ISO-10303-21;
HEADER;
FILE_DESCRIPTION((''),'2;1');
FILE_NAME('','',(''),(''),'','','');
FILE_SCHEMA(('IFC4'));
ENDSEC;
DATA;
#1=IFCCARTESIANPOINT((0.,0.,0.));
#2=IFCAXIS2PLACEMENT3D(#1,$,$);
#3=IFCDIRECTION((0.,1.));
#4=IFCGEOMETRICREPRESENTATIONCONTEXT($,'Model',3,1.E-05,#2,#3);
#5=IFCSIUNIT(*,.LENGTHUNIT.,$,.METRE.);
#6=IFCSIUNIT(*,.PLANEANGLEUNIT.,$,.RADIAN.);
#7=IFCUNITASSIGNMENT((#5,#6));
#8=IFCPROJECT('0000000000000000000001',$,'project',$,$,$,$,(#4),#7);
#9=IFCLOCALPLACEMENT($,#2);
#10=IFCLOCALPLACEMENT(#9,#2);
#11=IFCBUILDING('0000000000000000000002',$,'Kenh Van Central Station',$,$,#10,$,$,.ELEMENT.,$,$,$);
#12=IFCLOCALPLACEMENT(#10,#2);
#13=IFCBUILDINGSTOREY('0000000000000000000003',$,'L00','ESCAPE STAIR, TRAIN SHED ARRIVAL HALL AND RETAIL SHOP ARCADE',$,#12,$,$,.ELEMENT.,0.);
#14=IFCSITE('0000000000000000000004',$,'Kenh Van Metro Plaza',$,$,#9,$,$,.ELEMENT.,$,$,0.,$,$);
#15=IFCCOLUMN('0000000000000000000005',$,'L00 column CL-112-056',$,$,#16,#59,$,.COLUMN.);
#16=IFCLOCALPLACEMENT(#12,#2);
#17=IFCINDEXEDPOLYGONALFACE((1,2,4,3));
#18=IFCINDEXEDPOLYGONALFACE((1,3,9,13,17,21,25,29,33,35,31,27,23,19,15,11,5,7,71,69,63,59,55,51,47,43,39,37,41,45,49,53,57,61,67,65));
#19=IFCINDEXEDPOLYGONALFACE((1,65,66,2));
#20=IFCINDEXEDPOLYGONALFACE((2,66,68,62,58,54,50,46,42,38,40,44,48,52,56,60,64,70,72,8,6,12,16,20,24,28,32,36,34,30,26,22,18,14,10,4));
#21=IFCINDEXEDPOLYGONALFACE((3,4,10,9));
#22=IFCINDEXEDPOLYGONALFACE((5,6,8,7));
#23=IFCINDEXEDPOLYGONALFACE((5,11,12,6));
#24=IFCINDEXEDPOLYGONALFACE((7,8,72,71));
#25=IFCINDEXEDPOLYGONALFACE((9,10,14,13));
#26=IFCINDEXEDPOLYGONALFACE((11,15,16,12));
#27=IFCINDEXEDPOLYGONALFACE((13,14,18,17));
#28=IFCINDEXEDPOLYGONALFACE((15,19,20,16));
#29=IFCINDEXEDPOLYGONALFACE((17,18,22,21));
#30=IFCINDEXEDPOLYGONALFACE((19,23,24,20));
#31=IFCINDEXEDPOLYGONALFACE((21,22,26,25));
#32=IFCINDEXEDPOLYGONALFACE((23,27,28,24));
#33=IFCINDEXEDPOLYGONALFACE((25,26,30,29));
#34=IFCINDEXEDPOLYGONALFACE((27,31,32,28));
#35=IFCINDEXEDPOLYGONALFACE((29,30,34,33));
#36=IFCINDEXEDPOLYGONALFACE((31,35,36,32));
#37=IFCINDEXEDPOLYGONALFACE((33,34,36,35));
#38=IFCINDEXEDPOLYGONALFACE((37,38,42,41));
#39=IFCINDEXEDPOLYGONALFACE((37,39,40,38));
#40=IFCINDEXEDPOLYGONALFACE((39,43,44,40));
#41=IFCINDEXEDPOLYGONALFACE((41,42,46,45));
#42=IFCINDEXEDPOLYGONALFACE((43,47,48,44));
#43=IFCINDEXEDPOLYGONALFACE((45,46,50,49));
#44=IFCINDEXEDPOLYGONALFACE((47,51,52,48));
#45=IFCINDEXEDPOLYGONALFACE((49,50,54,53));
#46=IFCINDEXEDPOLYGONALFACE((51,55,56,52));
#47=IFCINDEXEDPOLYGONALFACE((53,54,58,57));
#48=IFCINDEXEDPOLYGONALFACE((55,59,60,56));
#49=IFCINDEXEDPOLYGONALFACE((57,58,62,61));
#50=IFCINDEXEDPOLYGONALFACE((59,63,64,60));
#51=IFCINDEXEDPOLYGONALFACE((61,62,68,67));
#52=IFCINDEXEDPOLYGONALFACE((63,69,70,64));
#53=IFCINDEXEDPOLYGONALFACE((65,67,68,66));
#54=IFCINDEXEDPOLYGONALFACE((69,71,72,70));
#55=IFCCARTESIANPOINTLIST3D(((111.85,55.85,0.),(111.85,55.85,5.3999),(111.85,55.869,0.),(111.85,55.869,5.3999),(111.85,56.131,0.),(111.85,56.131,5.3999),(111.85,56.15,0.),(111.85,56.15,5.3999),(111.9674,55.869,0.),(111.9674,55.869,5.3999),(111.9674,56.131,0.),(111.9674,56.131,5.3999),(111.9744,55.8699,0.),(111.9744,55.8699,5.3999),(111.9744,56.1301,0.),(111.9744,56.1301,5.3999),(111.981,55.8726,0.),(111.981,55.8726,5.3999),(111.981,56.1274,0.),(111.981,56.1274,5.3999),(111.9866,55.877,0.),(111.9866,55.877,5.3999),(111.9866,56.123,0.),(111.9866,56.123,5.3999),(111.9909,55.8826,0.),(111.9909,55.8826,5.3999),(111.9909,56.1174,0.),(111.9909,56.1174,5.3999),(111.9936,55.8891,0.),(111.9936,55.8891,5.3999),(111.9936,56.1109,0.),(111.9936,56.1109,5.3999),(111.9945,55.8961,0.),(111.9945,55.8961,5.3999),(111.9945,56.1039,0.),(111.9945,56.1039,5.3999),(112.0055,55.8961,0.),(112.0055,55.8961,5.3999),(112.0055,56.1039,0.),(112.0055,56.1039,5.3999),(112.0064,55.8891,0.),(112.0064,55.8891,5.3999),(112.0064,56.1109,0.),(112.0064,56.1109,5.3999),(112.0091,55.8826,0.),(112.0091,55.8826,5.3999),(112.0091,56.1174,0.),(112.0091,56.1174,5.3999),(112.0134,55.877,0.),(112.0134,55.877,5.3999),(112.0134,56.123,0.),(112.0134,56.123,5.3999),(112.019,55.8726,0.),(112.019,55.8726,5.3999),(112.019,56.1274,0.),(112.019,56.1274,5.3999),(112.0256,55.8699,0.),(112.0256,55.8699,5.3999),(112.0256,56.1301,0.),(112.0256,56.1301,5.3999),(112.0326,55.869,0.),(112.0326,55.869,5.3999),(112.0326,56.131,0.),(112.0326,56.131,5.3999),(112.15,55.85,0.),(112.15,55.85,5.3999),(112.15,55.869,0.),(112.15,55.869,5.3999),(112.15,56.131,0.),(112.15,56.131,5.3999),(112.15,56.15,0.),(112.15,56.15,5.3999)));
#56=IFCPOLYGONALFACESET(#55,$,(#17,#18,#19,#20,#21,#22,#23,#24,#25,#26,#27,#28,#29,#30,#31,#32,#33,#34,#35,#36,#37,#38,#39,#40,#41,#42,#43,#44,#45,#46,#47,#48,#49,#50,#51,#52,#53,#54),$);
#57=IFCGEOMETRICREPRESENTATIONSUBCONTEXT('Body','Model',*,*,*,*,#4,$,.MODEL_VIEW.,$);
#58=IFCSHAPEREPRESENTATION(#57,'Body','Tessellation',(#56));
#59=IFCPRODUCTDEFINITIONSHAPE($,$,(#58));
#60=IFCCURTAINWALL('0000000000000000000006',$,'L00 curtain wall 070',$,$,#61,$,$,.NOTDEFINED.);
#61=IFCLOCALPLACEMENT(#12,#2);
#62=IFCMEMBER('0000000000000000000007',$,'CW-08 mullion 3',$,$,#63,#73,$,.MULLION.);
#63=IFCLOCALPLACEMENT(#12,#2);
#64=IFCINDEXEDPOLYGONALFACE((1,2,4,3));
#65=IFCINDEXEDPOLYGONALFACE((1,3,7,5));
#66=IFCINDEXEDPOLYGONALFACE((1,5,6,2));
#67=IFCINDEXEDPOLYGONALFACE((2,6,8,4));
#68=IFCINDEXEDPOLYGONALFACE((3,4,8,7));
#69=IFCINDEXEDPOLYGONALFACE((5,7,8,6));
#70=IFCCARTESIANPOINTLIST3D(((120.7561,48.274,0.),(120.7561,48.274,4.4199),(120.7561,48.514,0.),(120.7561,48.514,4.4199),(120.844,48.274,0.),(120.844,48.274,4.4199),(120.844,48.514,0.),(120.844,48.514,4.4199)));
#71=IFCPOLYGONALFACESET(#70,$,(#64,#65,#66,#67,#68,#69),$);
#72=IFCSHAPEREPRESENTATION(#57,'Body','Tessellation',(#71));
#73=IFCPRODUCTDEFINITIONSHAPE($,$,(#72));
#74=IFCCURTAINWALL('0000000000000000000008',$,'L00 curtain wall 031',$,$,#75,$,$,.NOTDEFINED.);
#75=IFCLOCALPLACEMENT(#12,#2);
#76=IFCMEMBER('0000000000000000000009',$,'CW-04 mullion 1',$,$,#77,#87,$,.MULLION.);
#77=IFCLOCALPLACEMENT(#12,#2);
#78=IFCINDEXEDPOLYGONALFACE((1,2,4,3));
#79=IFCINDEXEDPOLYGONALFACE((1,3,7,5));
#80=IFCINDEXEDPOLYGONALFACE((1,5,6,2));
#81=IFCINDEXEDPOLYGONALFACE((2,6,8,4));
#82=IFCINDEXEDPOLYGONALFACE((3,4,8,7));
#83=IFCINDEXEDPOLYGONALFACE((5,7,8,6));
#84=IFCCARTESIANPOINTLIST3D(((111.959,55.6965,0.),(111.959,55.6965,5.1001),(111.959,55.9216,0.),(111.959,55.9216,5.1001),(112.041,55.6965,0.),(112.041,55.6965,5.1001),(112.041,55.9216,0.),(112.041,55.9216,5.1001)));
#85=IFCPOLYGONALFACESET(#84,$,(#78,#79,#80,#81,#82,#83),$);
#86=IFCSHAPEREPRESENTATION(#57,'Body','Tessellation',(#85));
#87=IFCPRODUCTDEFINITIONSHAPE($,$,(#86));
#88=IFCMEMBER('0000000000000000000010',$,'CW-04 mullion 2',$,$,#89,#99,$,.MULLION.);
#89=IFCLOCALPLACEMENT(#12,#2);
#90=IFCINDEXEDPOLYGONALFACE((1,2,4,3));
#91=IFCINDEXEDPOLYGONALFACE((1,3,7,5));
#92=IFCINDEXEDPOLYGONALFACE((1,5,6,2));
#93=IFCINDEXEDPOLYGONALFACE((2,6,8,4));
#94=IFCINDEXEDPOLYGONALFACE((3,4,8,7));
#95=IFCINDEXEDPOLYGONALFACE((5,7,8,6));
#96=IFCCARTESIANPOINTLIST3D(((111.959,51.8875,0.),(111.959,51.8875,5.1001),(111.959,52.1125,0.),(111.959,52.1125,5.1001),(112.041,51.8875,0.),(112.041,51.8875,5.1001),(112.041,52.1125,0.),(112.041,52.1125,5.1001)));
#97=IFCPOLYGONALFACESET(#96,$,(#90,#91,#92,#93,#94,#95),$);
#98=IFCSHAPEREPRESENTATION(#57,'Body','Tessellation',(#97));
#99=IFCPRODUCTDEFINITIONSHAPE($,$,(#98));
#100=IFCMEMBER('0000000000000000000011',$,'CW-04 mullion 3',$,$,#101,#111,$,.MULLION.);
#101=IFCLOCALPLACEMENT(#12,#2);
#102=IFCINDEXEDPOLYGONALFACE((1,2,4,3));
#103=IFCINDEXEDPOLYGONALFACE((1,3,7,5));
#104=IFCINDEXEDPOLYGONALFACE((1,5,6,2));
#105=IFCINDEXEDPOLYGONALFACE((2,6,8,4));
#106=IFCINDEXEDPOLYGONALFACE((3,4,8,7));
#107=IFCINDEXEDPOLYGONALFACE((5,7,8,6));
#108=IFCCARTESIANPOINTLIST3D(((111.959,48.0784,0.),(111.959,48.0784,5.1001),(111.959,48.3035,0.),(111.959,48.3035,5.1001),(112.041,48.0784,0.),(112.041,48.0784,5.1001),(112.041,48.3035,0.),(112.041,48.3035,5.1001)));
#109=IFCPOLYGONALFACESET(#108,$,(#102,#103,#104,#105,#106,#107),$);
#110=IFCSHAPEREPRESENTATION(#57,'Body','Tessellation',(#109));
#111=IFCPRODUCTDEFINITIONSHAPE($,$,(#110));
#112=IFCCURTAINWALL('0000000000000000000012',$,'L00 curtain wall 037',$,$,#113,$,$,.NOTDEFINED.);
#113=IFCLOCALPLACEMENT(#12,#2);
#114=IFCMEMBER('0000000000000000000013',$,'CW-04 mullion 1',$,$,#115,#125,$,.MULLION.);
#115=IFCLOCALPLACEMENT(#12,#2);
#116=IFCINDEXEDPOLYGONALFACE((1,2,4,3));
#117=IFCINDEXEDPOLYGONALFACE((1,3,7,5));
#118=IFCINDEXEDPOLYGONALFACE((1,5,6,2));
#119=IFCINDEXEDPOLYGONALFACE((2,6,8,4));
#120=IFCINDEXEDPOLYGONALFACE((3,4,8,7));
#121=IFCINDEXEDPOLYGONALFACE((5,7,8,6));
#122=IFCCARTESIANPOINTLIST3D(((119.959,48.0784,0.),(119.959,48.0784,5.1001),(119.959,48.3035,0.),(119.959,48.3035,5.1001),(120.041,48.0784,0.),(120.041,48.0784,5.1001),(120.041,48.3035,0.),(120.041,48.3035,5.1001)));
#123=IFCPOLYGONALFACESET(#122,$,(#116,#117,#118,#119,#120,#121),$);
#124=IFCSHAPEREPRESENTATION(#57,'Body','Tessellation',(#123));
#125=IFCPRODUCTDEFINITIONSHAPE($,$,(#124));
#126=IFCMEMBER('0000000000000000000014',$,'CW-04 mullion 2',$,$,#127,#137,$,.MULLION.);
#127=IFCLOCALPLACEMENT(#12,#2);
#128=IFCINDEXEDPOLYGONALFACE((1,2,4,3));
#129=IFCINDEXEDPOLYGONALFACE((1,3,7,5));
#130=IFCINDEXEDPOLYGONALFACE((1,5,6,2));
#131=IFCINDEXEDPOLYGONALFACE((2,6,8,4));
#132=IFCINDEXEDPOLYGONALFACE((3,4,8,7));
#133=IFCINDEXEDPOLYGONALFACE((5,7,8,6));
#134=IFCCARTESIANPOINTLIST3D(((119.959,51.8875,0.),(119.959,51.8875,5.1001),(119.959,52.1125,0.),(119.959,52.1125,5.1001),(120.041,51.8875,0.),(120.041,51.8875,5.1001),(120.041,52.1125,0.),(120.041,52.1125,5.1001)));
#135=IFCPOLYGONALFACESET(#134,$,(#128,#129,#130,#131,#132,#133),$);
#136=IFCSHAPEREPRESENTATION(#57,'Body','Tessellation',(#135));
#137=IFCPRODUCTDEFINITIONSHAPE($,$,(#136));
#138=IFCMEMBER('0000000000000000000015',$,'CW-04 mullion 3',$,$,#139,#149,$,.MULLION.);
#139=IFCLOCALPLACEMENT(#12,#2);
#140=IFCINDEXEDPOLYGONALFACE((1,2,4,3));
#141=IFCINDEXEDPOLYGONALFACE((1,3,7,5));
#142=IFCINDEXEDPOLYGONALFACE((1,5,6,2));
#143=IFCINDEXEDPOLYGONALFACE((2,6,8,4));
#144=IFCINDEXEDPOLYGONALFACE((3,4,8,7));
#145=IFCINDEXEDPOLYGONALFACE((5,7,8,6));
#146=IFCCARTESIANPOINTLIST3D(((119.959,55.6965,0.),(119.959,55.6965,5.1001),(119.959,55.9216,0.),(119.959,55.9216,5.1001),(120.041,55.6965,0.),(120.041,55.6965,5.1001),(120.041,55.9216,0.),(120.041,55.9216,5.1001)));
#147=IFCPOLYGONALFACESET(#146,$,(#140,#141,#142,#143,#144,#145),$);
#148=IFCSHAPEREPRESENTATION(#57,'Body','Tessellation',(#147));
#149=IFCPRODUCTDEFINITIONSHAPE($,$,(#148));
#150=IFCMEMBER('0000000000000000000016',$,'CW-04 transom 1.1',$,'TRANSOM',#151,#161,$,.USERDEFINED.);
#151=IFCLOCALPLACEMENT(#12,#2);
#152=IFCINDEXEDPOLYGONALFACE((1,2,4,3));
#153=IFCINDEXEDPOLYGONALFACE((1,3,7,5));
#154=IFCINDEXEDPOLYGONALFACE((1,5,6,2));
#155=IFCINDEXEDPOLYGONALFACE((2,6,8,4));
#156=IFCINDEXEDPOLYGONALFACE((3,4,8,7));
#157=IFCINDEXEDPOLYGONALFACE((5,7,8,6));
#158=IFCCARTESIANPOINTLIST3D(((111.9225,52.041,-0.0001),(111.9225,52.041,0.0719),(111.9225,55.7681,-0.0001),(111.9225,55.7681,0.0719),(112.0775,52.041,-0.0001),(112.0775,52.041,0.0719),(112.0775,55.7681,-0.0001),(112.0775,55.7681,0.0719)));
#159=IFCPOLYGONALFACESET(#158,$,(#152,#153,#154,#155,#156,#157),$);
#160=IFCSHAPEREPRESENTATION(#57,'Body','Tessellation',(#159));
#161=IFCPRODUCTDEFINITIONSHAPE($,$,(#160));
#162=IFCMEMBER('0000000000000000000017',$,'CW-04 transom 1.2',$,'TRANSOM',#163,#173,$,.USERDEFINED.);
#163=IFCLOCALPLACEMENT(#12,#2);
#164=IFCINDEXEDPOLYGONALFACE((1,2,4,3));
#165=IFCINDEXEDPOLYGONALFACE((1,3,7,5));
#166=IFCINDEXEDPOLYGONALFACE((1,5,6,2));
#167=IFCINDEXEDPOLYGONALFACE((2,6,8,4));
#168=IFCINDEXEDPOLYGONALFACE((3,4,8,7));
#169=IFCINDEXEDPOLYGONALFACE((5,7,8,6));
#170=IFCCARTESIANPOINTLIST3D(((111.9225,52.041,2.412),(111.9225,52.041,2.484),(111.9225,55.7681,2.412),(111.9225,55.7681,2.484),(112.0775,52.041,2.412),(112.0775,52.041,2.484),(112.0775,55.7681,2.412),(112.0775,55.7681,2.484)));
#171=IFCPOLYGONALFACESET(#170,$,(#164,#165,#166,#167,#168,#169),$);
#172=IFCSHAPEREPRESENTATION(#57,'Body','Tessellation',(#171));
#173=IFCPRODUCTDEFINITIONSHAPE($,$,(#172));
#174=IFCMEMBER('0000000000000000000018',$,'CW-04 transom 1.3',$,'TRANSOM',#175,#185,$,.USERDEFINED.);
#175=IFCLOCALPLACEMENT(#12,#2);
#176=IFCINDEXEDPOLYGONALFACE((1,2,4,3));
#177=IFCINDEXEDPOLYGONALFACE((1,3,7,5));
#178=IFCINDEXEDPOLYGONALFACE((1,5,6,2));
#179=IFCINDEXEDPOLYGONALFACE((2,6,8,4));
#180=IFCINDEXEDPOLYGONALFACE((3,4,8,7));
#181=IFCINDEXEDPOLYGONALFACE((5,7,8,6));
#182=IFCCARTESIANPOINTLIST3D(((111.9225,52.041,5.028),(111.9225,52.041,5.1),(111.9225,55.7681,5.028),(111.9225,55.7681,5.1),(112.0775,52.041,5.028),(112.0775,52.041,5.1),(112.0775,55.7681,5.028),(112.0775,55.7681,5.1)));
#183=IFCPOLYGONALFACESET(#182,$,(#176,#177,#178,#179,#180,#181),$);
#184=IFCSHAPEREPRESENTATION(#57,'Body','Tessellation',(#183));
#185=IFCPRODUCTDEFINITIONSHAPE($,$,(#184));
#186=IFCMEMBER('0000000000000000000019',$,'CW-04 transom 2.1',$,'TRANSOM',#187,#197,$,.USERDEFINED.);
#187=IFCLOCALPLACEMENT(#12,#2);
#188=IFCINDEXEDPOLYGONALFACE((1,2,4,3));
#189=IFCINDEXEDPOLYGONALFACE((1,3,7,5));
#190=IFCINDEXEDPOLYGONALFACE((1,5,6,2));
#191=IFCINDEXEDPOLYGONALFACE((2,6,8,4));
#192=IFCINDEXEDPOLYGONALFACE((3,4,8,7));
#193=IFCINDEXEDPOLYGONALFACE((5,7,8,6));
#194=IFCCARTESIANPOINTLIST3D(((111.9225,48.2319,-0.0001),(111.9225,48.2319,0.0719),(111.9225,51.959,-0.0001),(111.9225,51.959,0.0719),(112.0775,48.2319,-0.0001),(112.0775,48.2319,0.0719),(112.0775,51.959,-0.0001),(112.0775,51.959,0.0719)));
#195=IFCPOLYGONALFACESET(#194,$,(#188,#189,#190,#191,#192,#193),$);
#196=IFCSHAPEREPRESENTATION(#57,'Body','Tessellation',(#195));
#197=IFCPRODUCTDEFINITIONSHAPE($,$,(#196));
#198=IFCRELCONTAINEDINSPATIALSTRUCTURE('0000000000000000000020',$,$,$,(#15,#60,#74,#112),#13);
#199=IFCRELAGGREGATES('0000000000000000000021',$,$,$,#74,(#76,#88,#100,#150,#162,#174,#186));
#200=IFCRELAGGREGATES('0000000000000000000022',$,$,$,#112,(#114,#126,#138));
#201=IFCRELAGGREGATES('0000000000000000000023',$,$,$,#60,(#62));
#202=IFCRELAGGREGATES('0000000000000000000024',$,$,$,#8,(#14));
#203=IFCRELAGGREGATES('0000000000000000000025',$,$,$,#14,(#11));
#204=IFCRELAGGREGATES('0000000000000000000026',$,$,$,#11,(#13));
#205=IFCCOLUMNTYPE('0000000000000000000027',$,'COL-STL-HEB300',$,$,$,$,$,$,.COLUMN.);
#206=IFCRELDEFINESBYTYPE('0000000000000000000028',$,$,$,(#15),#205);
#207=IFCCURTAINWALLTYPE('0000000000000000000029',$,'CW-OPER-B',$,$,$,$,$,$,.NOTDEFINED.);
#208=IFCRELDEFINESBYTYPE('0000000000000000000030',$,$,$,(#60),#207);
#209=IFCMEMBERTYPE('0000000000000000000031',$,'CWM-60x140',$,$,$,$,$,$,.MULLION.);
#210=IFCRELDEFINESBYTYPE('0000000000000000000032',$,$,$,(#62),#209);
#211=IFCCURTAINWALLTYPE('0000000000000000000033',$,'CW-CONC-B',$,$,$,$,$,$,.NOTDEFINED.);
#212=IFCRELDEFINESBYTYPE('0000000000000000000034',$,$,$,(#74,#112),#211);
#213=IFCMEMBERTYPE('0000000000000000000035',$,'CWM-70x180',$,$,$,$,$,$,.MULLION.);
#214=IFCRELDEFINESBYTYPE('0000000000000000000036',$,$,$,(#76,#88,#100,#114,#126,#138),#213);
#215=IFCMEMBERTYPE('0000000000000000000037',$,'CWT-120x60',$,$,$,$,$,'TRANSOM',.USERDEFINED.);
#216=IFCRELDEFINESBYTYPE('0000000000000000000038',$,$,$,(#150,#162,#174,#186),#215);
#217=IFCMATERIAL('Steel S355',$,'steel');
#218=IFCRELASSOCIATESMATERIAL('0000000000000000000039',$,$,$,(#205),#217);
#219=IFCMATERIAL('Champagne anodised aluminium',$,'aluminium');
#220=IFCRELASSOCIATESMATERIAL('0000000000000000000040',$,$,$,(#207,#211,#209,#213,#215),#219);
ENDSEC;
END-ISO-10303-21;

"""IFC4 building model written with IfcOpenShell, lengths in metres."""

from ifc_helpers import new_model, si_unit, direction, frame, origin, origin_2d, place, context, subcontext, project, spatial, rectangle, i_section, extrude, material, material_profile, profile_set, type_object, element, aggregate, save


model = new_model("IFC4")

# Units and contexts
model_context = context("Model", 3, precision=1e-05, world=origin(), true_north=direction((0.0, 1.0)))
body_context = subcontext(model_context, "Body", "Model", "MODEL_VIEW")
ifc_project = project(units=[si_unit("LENGTHUNIT", "METRE"), si_unit("PLANEANGLEUNIT", "RADIAN")], contexts=[model_context])

# Site, building, storey
site_placement = place(None, origin())
site = spatial("IfcSite", under=ifc_project, at=site_placement, Name="Kenh Van Metro Plaza", CompositionType="ELEMENT", RefElevation=0.0)
building_placement = place(site_placement, origin())
building = spatial("IfcBuilding", under=site, at=building_placement, Name="Kenh Van Central Station", CompositionType="ELEMENT")
storey_placement = place(building_placement, origin())
storey = spatial("IfcBuildingStorey", under=building, at=storey_placement, Name="L00", Description="ESCAPE STAIR, TRAIN SHED ARRIVAL HALL AND RETAIL SHOP ARCADE", CompositionType="ELEMENT", Elevation=0.0)

# Column
ifc_material_1 = material(Name="Steel S355", Category="steel")
ifc_material_profile_1 = material_profile(ifc_material_1, i_section(OverallWidth=0.3, OverallDepth=0.3, WebThickness=0.011, FlangeThickness=0.019, FilletRadius=0.0271, at=origin_2d()), Name="HEB 300")
ifc_profile_set_1 = profile_set([ifc_material_profile_1], Name="Steel S355")
column_type = type_object("IfcColumnType", Name="COL-STL-HEB300", PredefinedType="COLUMN", material=ifc_profile_set_1)
column_placement = place(storey_placement, frame((112.0, 56.0, 0.0), z_axis=(0.0, 0.0, 1.0), x_axis=(1.0, 0.0, 0.0)))
element("IfcColumn", 1, at=column_placement, inside=storey, type_object=column_type, Name="L00 column CL-112-056", PredefinedType="COLUMN", context=body_context, shape_type="SweptSolid", body=[
    extrude(i_section(OverallWidth=0.3, OverallDepth=0.3, WebThickness=0.011, FlangeThickness=0.019, FilletRadius=0.0271, at=origin_2d()), origin(), (0.0, 0.0, 1.0), 5.3999),
])

# Curtain wall, member
ifc_material_2 = material(Name="Champagne anodised aluminium", Category="aluminium")
curtain_wall_type_1 = type_object("IfcCurtainWallType", Name="CW-OPER-B", PredefinedType="NOTDEFINED", material=ifc_material_2)
curtain_wall_1_placement = place(storey_placement, origin())
curtain_wall_1 = element("IfcCurtainWall", 2, at=curtain_wall_1_placement, inside=storey, type_object=curtain_wall_type_1, Name="L00 curtain wall 070", PredefinedType="NOTDEFINED")
ifc_material_profile_2 = material_profile(ifc_material_2, rectangle(XDim=0.0879, YDim=0.24, at=origin_2d()), Name="AL 88x240")
ifc_profile_set_2 = profile_set([ifc_material_profile_2], Name="Champagne anodised aluminium")
member_type_1 = type_object("IfcMemberType", Name="CWM-60x140", PredefinedType="MULLION", material=ifc_profile_set_2)
member_1_placement = place(storey_placement, frame((120.8, 48.394, 0.0), z_axis=(0.0, 0.0, 1.0), x_axis=(1.0, 0.0, 0.0)))
member_1 = element("IfcMember", 3, at=member_1_placement, type_object=member_type_1, Name="CW-08 mullion 3", PredefinedType="MULLION", context=body_context, shape_type="SweptSolid", body=[
    extrude(rectangle(XDim=0.0879, YDim=0.24, at=origin_2d()), origin(), (0.0, 0.0, 1.0), 4.4199),
])

# Curtain walls, members
curtain_wall_type_2 = type_object("IfcCurtainWallType", Name="CW-CONC-B", PredefinedType="NOTDEFINED", material=ifc_material_2)
curtain_wall_2_placement = place(storey_placement, origin())
curtain_wall_2 = element("IfcCurtainWall", 4, at=curtain_wall_2_placement, inside=storey, type_object=curtain_wall_type_2, Name="L00 curtain wall 031", PredefinedType="NOTDEFINED")
ifc_material_profile_3 = material_profile(ifc_material_2, rectangle(XDim=0.082, YDim=0.2251, at=origin_2d()), Name="AL 82x225")
ifc_profile_set_3 = profile_set([ifc_material_profile_3], Name="Champagne anodised aluminium")
member_type_2 = type_object("IfcMemberType", Name="CWM-70x180", PredefinedType="MULLION", material=ifc_profile_set_3)
member_2_placement = place(storey_placement, frame((112.0, 55.8091, 0.0), z_axis=(0.0, 0.0, 1.0), x_axis=(1.0, 0.0, 0.0)))
member_2 = element("IfcMember", 5, at=member_2_placement, type_object=member_type_2, Name="CW-04 mullion 1", PredefinedType="MULLION", context=body_context, shape_type="SweptSolid", body=[
    extrude(rectangle(XDim=0.082, YDim=0.2251, at=origin_2d()), origin(), (0.0, 0.0, 1.0), 5.1001),
])
member_3_placement = place(storey_placement, frame((112.0, 52.0, 0.0), z_axis=(0.0, 0.0, 1.0), x_axis=(1.0, 0.0, 0.0)))
member_3 = element("IfcMember", 6, at=member_3_placement, type_object=member_type_2, Name="CW-04 mullion 2", PredefinedType="MULLION", context=body_context, shape_type="SweptSolid", body=[
    extrude(rectangle(XDim=0.082, YDim=0.2251, at=origin_2d()), origin(), (0.0, 0.0, 1.0), 5.1001),
])
member_4_placement = place(storey_placement, frame((112.0, 48.1909, 0.0), z_axis=(0.0, 0.0, 1.0), x_axis=(1.0, 0.0, 0.0)))
member_4 = element("IfcMember", 7, at=member_4_placement, type_object=member_type_2, Name="CW-04 mullion 3", PredefinedType="MULLION", context=body_context, shape_type="SweptSolid", body=[
    extrude(rectangle(XDim=0.082, YDim=0.2251, at=origin_2d()), origin(), (0.0, 0.0, 1.0), 5.1001),
])
curtain_wall_3_placement = place(storey_placement, origin())
curtain_wall_3 = element("IfcCurtainWall", 8, at=curtain_wall_3_placement, inside=storey, type_object=curtain_wall_type_2, Name="L00 curtain wall 037", PredefinedType="NOTDEFINED")
member_5_placement = place(storey_placement, frame((120.0, 48.1909, 0.0), z_axis=(0.0, 0.0, 1.0), x_axis=(-1.0, 0.0, 0.0)))
member_5 = element("IfcMember", 9, at=member_5_placement, type_object=member_type_2, Name="CW-04 mullion 1", PredefinedType="MULLION", context=body_context, shape_type="SweptSolid", body=[
    extrude(rectangle(XDim=0.082, YDim=0.2251, at=origin_2d()), origin(), (0.0, 0.0, 1.0), 5.1001),
])
member_6_placement = place(storey_placement, frame((120.0, 52.0, 0.0), z_axis=(0.0, 0.0, 1.0), x_axis=(-1.0, 0.0, 0.0)))
member_6 = element("IfcMember", 10, at=member_6_placement, type_object=member_type_2, Name="CW-04 mullion 2", PredefinedType="MULLION", context=body_context, shape_type="SweptSolid", body=[
    extrude(rectangle(XDim=0.082, YDim=0.2251, at=origin_2d()), origin(), (0.0, 0.0, 1.0), 5.1001),
])
member_7_placement = place(storey_placement, frame((120.0, 55.8091, 0.0), z_axis=(0.0, 0.0, 1.0), x_axis=(-1.0, 0.0, 0.0)))
member_7 = element("IfcMember", 11, at=member_7_placement, type_object=member_type_2, Name="CW-04 mullion 3", PredefinedType="MULLION", context=body_context, shape_type="SweptSolid", body=[
    extrude(rectangle(XDim=0.082, YDim=0.2251, at=origin_2d()), origin(), (0.0, 0.0, 1.0), 5.1001),
])

# Members
ifc_material_profile_4 = material_profile(ifc_material_2, rectangle(XDim=0.155, YDim=0.072, at=origin_2d()), Name="AL 155x72")
ifc_profile_set_4 = profile_set([ifc_material_profile_4], Name="Champagne anodised aluminium")
member_type_3 = type_object("IfcMemberType", Name="CWT-120x60", ElementType="TRANSOM", PredefinedType="USERDEFINED", material=ifc_profile_set_4)
member_8_placement = place(storey_placement, frame((112.0, 55.7681, 0.0359), z_axis=(0.0, -1.0, 0.0), x_axis=(1.0, 0.0, 0.0)))
member_8 = element("IfcMember", 12, at=member_8_placement, type_object=member_type_3, Name="CW-04 transom 1.1", ObjectType="TRANSOM", PredefinedType="USERDEFINED", context=body_context, shape_type="SweptSolid", body=[
    extrude(rectangle(XDim=0.155, YDim=0.072, at=origin_2d()), origin(), (0.0, 0.0, 1.0), 3.7271),
])
member_9_placement = place(storey_placement, frame((112.0, 55.7681, 2.448), z_axis=(0.0, -1.0, 0.0), x_axis=(1.0, 0.0, 0.0)))
member_9 = element("IfcMember", 13, at=member_9_placement, type_object=member_type_3, Name="CW-04 transom 1.2", ObjectType="TRANSOM", PredefinedType="USERDEFINED", context=body_context, shape_type="SweptSolid", body=[
    extrude(rectangle(XDim=0.155, YDim=0.072, at=origin_2d()), origin(), (0.0, 0.0, 1.0), 3.7271),
])
member_10_placement = place(storey_placement, frame((112.0, 55.7681, 5.064), z_axis=(0.0, -1.0, 0.0), x_axis=(1.0, 0.0, 0.0)))
member_10 = element("IfcMember", 14, at=member_10_placement, type_object=member_type_3, Name="CW-04 transom 1.3", ObjectType="TRANSOM", PredefinedType="USERDEFINED", context=body_context, shape_type="SweptSolid", body=[
    extrude(rectangle(XDim=0.155, YDim=0.072, at=origin_2d()), origin(), (0.0, 0.0, 1.0), 3.7271),
])
member_11_placement = place(storey_placement, frame((112.0, 51.959, 0.0359), z_axis=(0.0, -1.0, 0.0), x_axis=(1.0, 0.0, 0.0)))
member_11 = element("IfcMember", 15, at=member_11_placement, type_object=member_type_3, Name="CW-04 transom 2.1", ObjectType="TRANSOM", PredefinedType="USERDEFINED", context=body_context, shape_type="SweptSolid", body=[
    extrude(rectangle(XDim=0.155, YDim=0.072, at=origin_2d()), origin(), (0.0, 0.0, 1.0), 3.7271),
])

aggregate(curtain_wall_2, [member_2, member_3, member_4, member_8, member_9, member_10, member_11])
aggregate(curtain_wall_3, [member_5, member_6, member_7])
aggregate(curtain_wall_1, [member_1])

save(model, "model.ifc")
